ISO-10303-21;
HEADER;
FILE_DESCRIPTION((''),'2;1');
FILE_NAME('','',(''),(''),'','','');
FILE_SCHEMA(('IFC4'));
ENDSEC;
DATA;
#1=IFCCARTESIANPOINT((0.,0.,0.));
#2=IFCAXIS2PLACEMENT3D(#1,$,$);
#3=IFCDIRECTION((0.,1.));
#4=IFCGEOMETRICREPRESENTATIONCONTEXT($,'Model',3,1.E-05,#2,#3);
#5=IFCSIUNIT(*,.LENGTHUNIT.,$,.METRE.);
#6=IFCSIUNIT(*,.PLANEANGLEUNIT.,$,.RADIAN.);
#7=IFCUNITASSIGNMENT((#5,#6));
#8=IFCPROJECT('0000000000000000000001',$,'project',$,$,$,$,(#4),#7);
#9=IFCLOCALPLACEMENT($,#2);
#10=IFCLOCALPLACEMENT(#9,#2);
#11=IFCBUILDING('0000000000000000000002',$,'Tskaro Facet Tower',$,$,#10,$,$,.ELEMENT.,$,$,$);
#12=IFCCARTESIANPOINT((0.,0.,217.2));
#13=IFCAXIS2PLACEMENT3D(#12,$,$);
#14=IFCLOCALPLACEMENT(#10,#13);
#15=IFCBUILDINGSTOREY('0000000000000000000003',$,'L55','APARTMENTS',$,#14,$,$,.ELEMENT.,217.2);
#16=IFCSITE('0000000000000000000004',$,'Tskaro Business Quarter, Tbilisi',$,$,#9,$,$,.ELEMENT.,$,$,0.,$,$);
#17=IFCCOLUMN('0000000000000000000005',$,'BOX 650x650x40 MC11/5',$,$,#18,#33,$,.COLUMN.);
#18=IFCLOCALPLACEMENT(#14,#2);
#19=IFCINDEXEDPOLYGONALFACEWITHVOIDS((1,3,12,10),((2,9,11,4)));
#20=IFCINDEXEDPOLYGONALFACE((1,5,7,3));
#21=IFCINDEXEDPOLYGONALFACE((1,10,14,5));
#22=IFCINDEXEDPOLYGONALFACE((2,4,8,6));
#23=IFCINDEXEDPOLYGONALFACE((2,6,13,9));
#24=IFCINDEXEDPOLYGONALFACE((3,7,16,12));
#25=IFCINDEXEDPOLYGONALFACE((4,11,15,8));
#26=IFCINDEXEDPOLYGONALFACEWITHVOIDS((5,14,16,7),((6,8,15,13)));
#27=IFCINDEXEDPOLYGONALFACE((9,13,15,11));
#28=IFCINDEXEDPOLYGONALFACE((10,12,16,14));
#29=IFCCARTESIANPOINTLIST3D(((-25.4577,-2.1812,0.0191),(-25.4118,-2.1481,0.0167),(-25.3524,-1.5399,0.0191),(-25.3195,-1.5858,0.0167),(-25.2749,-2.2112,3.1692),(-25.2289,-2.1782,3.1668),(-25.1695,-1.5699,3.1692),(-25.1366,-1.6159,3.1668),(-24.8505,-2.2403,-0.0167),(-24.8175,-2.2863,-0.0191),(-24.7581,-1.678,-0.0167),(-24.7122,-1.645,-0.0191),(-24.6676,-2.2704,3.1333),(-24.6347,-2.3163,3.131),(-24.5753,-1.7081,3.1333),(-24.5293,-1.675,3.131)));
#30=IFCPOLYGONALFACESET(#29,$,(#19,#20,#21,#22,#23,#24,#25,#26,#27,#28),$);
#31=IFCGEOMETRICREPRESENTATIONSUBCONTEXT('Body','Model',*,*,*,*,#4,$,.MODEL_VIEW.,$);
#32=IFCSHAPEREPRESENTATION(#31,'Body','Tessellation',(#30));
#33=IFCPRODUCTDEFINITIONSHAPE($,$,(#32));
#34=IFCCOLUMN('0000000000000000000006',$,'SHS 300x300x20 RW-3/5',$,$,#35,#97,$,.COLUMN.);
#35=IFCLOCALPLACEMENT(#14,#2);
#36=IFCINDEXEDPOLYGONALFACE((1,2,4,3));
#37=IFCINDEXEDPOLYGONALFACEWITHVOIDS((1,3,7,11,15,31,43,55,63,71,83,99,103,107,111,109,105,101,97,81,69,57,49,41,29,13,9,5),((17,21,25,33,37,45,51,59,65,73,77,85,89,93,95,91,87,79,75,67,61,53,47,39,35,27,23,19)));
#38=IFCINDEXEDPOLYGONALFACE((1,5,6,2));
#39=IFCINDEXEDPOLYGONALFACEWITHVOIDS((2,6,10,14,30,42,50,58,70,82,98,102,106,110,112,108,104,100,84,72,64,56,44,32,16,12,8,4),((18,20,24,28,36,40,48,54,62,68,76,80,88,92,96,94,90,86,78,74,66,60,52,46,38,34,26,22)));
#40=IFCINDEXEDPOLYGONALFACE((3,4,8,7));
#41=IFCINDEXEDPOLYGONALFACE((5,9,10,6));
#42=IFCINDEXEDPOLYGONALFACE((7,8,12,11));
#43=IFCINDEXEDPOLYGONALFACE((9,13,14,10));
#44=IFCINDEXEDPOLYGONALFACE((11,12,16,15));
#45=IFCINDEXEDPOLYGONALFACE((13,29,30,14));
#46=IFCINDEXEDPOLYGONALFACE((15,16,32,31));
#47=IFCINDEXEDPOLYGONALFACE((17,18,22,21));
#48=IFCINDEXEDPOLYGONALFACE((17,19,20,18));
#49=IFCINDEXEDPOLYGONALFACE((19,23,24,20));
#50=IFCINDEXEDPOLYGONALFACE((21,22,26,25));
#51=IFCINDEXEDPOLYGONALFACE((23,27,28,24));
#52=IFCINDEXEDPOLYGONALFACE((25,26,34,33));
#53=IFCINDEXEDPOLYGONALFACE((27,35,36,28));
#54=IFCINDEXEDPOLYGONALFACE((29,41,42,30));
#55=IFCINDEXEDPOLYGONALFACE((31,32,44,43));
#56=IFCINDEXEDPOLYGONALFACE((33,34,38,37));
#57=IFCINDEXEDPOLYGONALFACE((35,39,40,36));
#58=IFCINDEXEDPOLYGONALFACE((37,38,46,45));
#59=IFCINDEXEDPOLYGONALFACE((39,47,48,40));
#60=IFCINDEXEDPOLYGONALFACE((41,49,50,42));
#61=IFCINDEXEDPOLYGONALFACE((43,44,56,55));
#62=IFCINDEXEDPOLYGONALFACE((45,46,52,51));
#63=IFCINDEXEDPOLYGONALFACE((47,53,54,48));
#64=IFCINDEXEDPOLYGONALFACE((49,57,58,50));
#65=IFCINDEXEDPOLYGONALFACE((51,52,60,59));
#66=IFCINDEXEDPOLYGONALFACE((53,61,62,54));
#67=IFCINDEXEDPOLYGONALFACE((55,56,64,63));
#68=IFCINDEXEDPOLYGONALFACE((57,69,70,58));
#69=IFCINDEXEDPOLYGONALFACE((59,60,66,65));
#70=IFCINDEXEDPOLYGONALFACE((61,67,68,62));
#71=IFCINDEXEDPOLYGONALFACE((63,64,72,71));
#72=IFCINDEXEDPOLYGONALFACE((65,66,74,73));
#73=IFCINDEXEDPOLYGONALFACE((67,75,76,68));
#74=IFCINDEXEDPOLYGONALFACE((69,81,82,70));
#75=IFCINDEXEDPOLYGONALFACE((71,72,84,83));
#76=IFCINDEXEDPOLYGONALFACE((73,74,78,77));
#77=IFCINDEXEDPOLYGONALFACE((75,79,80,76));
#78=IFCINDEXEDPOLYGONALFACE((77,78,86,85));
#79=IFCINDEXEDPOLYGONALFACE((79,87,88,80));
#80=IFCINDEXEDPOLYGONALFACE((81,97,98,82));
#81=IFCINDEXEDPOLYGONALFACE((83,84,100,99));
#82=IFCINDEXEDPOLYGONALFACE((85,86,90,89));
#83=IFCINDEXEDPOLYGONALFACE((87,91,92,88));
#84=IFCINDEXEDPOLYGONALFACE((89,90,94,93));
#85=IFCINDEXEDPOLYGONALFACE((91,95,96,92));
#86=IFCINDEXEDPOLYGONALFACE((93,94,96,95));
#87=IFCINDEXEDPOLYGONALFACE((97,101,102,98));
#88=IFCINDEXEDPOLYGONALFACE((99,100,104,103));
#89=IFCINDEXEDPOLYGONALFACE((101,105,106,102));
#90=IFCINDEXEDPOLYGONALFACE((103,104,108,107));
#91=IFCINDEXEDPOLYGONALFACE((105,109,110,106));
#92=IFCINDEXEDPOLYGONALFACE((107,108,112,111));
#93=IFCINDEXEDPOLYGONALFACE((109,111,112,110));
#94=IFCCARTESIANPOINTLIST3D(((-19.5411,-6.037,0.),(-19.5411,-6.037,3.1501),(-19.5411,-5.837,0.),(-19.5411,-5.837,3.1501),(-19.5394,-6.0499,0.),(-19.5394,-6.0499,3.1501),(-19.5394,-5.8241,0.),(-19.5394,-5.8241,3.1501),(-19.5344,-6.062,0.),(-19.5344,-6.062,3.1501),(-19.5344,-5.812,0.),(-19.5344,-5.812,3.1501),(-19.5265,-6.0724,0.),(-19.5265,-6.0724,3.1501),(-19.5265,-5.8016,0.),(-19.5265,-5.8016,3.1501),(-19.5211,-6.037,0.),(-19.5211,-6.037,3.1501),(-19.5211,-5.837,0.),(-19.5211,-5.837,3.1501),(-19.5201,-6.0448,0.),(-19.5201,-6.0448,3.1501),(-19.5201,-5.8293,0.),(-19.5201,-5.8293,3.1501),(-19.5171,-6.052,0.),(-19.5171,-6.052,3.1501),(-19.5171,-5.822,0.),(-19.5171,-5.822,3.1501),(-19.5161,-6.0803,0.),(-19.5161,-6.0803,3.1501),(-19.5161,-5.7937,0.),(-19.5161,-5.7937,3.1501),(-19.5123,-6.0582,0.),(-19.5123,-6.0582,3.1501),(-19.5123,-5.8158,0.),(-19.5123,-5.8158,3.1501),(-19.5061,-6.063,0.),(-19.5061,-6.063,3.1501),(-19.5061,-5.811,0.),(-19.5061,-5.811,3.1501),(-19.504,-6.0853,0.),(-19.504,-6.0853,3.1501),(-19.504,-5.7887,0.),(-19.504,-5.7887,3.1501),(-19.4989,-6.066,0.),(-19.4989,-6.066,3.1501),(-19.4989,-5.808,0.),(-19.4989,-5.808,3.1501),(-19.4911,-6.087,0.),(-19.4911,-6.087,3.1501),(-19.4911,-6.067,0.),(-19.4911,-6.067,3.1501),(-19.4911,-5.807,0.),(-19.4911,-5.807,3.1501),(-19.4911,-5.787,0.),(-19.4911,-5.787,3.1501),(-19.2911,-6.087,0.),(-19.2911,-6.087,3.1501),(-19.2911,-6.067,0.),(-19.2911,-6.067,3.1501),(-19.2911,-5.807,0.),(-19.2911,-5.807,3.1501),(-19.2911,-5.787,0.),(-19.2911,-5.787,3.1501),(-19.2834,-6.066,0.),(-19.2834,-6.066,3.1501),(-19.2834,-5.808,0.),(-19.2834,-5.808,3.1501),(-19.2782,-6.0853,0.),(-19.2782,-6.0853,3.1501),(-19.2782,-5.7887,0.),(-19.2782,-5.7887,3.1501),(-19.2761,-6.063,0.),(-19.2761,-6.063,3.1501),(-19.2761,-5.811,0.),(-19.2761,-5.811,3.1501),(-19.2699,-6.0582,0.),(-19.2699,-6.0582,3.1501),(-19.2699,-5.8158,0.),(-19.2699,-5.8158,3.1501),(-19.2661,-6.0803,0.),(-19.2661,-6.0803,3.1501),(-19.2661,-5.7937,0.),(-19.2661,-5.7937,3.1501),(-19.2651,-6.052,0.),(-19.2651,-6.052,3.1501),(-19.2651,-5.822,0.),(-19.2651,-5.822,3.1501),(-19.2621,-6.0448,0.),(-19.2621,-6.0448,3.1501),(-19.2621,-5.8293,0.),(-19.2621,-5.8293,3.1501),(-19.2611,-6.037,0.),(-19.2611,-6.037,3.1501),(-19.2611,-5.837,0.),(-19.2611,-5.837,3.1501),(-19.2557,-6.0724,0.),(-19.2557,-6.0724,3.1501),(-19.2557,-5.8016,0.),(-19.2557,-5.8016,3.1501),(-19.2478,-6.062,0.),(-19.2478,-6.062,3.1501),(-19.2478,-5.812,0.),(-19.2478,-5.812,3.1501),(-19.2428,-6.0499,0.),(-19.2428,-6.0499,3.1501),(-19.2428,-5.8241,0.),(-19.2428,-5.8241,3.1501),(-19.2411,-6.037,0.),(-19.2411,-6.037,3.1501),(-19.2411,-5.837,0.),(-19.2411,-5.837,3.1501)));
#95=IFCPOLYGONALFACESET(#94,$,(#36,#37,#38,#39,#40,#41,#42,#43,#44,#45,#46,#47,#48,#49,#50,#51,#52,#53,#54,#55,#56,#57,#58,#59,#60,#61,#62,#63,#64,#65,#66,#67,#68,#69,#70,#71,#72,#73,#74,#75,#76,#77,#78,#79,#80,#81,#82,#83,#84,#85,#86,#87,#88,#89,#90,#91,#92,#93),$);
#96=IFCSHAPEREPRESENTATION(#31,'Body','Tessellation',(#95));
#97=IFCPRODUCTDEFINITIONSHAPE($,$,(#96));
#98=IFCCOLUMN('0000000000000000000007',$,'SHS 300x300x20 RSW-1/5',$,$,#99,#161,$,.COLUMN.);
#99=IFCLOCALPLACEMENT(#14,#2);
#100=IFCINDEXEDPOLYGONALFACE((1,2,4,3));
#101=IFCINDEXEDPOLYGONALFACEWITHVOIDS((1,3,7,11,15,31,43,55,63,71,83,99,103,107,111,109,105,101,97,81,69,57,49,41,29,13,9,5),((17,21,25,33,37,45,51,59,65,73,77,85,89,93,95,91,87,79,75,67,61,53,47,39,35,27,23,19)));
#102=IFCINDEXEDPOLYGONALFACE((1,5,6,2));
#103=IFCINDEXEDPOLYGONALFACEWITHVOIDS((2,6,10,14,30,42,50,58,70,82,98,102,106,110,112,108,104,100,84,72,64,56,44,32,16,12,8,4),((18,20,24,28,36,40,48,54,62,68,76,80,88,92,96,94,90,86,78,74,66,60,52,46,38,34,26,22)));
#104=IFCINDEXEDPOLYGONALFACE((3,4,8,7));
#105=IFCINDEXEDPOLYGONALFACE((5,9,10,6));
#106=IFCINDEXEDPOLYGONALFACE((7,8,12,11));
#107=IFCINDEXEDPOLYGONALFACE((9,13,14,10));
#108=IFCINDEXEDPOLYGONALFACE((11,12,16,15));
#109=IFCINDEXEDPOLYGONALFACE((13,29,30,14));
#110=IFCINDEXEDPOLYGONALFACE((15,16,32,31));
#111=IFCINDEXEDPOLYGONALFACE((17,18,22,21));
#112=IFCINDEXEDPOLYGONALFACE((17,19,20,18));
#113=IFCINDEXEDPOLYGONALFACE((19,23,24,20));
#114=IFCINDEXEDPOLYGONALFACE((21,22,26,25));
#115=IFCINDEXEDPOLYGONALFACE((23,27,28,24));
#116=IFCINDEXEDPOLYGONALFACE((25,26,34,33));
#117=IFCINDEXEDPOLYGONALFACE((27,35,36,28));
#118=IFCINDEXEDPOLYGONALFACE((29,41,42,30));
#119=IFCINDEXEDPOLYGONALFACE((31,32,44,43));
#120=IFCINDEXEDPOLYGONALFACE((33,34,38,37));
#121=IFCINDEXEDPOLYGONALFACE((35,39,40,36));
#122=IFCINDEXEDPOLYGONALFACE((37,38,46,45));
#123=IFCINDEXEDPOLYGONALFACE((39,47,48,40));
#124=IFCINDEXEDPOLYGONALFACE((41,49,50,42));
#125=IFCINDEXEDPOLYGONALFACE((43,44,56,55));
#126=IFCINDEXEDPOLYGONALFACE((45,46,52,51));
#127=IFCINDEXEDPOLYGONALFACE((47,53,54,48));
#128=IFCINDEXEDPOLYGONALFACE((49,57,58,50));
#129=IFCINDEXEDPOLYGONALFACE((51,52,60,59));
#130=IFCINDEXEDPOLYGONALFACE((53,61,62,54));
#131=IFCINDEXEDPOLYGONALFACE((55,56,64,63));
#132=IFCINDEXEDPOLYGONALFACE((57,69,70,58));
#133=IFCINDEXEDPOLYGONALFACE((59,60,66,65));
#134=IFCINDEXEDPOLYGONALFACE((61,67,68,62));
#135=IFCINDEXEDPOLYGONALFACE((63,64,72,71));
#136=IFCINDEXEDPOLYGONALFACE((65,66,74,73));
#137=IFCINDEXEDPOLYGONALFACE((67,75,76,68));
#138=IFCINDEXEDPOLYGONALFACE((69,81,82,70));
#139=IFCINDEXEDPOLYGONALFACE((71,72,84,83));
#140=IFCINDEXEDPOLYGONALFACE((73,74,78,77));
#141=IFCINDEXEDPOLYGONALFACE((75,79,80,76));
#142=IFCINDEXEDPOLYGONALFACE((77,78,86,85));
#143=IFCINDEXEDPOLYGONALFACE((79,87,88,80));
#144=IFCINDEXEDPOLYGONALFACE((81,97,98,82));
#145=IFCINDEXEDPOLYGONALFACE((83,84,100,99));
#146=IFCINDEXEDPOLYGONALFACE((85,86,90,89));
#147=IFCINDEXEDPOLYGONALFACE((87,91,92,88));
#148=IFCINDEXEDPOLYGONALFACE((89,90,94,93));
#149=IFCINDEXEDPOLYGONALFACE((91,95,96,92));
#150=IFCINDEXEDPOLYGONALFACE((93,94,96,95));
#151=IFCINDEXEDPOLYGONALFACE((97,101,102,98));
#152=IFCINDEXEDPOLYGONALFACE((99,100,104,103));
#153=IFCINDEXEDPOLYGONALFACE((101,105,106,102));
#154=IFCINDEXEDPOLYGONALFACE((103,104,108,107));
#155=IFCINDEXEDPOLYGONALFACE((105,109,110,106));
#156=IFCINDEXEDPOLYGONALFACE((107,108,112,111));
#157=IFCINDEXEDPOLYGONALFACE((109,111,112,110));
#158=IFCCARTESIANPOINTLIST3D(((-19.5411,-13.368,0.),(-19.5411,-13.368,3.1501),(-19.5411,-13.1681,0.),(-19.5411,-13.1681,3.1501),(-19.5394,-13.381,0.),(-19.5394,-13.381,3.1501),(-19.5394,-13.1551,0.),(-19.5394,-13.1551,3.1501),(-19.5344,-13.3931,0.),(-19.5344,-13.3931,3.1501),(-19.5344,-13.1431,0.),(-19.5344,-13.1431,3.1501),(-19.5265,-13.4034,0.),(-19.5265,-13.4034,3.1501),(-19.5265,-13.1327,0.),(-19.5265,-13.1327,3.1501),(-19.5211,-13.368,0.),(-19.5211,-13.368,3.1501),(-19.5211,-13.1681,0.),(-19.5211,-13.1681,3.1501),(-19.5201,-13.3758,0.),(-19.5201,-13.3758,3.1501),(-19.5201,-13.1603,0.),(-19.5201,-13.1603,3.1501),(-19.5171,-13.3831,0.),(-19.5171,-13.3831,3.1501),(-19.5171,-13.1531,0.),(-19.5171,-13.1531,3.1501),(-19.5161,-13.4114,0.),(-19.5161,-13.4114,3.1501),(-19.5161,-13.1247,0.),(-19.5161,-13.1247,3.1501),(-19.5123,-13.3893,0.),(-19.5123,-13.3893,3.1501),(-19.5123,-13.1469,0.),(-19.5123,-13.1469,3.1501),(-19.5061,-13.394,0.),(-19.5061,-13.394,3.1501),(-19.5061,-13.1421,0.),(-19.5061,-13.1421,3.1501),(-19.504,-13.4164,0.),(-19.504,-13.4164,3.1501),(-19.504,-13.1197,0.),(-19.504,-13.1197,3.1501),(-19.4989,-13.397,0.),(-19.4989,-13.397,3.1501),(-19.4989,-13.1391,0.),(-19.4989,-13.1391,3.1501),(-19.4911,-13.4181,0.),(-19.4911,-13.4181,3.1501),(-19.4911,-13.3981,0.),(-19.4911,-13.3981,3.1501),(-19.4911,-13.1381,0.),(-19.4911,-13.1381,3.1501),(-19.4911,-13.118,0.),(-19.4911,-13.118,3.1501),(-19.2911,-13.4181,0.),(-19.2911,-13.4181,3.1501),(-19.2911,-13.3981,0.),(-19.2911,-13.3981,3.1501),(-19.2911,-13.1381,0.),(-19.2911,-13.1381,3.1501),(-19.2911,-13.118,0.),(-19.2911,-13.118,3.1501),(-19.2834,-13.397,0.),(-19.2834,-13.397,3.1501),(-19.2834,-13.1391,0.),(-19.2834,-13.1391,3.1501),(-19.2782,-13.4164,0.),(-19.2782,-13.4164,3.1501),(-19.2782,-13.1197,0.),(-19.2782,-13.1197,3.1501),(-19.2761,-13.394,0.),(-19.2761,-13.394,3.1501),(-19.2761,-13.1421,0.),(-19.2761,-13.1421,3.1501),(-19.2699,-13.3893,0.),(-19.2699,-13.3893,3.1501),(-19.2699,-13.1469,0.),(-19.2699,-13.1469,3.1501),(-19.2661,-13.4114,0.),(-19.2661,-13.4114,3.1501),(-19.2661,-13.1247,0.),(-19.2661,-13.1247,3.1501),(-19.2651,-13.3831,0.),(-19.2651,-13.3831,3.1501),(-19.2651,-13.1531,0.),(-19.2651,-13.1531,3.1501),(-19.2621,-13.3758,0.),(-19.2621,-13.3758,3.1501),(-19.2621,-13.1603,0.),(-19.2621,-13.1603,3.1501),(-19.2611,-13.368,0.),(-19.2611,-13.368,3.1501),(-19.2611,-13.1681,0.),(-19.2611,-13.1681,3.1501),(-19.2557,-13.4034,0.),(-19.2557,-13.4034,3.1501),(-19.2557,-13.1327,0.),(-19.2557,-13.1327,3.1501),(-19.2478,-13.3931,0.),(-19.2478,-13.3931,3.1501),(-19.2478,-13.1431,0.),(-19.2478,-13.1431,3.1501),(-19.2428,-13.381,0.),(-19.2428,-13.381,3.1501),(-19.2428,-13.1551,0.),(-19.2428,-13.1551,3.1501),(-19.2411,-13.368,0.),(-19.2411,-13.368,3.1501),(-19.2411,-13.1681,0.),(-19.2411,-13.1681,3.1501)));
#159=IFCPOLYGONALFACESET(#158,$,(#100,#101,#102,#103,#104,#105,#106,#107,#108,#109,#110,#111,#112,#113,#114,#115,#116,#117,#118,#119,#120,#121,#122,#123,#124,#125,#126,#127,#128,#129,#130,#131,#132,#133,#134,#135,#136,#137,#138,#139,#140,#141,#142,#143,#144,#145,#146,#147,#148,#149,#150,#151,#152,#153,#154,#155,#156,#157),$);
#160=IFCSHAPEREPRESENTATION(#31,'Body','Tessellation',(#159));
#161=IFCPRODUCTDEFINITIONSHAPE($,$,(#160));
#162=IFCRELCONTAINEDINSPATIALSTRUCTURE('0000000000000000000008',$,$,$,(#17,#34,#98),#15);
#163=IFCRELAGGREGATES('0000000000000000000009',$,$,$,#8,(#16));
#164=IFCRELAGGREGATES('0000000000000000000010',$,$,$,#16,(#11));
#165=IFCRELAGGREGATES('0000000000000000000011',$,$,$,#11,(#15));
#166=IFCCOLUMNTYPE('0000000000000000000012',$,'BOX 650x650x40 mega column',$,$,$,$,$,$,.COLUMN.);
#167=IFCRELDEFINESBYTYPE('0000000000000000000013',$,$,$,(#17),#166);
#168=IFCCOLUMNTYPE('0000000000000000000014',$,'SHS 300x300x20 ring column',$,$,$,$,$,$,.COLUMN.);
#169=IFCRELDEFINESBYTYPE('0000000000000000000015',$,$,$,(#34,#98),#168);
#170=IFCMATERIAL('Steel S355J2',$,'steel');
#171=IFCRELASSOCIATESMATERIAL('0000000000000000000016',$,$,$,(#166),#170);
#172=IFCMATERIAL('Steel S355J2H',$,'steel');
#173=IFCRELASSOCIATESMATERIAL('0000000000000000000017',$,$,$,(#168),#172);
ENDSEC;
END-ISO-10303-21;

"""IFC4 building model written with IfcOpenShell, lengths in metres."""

from ifc_helpers import new_model, si_unit, direction, frame, origin, origin_2d, place, context, subcontext, project, spatial, hollow_rectangle, extrude, material, material_profile, profile_set, type_object, element, save


model = new_model("IFC4")

# Units and contexts
model_context = context("Model", 3, precision=1e-05, world=origin(), true_north=direction((0.0, 1.0)))
body_context = subcontext(model_context, "Body", "Model", "MODEL_VIEW")
ifc_project = project(units=[si_unit("LENGTHUNIT", "METRE"), si_unit("PLANEANGLEUNIT", "RADIAN")], contexts=[model_context])

# Site, building, storey
site_placement = place(None, origin())
site = spatial("IfcSite", under=ifc_project, at=site_placement, Name="Tskaro Business Quarter, Tbilisi", CompositionType="ELEMENT", RefElevation=0.0)
building_placement = place(site_placement, origin())
building = spatial("IfcBuilding", under=site, at=building_placement, Name="Tskaro Facet Tower", CompositionType="ELEMENT")
storey_placement = place(building_placement, frame((0.0, 0.0, 217.2)))
storey = spatial("IfcBuildingStorey", under=building, at=storey_placement, Name="L55", Description="APARTMENTS", CompositionType="ELEMENT", Elevation=217.2)

# Columns
ifc_material_1 = material(Name="Steel S355J2", Category="steel")
ifc_material_profile_1 = material_profile(ifc_material_1, hollow_rectangle(XDim=0.6499, YDim=0.6499, WallThickness=0.04, at=origin_2d()), Name="BOX 650x650x40")
ifc_profile_set_1 = profile_set([ifc_material_profile_1], Name="Steel S355J2")
column_type_1 = type_object("IfcColumnType", Name="BOX 650x650x40 mega column", PredefinedType="COLUMN", material=ifc_profile_set_1)
column_placement = place(storey_placement, frame((-25.085, -1.9131, 0.0), z_axis=(0.057948, -0.009516, 0.998274), x_axis=(0.162048, 0.986783, 0.0)))
element("IfcColumn", 1, at=column_placement, inside=storey, type_object=column_type_1, Name="BOX 650x650x40 MC11/5", PredefinedType="COLUMN", context=body_context, shape_type="SweptSolid", body=[
    extrude(hollow_rectangle(XDim=0.6499, YDim=0.6499, WallThickness=0.04, at=origin_2d()), origin(), (0.0, 0.0, 1.0), 3.1555),
])
ifc_material_2 = material(Name="Steel S355J2H", Category="steel")
ifc_material_profile_2 = material_profile(ifc_material_2, hollow_rectangle(XDim=0.3, YDim=0.3, WallThickness=0.02, InnerFilletRadius=0.03, OuterFilletRadius=0.05, at=origin_2d()), Name="SHS 300x300x20")
ifc_profile_set_2 = profile_set([ifc_material_profile_2], Name="Steel S355J2H")
column_type_2 = type_object("IfcColumnType", Name="SHS 300x300x20 ring column", PredefinedType="COLUMN", material=ifc_profile_set_2)
for number, where, z_axis, x_axis, name in (
    (2, (-19.3911, -5.937, 0.0), (0.0, 0.0, 1.0), (1.0, 0.0, 0.0), "SHS 300x300x20 RW-3/5"),
    (3, (-19.3911, -13.2681, 0.0), (0.0, 0.0, 1.0), (1.0, 0.0, 0.0), "SHS 300x300x20 RSW-1/5"),
):
    element("IfcColumn", number, at=place(storey_placement, frame(where, z_axis=z_axis, x_axis=x_axis)), inside=storey, type_object=column_type_2, Name=name, PredefinedType="COLUMN", context=body_context, shape_type="SweptSolid", body=[
        extrude(hollow_rectangle(XDim=0.3, YDim=0.3, WallThickness=0.02, InnerFilletRadius=0.03, OuterFilletRadius=0.05, at=origin_2d()), origin(), (0.0, 0.0, 1.0), 3.1501),
    ])

save(model, "model.ifc")
